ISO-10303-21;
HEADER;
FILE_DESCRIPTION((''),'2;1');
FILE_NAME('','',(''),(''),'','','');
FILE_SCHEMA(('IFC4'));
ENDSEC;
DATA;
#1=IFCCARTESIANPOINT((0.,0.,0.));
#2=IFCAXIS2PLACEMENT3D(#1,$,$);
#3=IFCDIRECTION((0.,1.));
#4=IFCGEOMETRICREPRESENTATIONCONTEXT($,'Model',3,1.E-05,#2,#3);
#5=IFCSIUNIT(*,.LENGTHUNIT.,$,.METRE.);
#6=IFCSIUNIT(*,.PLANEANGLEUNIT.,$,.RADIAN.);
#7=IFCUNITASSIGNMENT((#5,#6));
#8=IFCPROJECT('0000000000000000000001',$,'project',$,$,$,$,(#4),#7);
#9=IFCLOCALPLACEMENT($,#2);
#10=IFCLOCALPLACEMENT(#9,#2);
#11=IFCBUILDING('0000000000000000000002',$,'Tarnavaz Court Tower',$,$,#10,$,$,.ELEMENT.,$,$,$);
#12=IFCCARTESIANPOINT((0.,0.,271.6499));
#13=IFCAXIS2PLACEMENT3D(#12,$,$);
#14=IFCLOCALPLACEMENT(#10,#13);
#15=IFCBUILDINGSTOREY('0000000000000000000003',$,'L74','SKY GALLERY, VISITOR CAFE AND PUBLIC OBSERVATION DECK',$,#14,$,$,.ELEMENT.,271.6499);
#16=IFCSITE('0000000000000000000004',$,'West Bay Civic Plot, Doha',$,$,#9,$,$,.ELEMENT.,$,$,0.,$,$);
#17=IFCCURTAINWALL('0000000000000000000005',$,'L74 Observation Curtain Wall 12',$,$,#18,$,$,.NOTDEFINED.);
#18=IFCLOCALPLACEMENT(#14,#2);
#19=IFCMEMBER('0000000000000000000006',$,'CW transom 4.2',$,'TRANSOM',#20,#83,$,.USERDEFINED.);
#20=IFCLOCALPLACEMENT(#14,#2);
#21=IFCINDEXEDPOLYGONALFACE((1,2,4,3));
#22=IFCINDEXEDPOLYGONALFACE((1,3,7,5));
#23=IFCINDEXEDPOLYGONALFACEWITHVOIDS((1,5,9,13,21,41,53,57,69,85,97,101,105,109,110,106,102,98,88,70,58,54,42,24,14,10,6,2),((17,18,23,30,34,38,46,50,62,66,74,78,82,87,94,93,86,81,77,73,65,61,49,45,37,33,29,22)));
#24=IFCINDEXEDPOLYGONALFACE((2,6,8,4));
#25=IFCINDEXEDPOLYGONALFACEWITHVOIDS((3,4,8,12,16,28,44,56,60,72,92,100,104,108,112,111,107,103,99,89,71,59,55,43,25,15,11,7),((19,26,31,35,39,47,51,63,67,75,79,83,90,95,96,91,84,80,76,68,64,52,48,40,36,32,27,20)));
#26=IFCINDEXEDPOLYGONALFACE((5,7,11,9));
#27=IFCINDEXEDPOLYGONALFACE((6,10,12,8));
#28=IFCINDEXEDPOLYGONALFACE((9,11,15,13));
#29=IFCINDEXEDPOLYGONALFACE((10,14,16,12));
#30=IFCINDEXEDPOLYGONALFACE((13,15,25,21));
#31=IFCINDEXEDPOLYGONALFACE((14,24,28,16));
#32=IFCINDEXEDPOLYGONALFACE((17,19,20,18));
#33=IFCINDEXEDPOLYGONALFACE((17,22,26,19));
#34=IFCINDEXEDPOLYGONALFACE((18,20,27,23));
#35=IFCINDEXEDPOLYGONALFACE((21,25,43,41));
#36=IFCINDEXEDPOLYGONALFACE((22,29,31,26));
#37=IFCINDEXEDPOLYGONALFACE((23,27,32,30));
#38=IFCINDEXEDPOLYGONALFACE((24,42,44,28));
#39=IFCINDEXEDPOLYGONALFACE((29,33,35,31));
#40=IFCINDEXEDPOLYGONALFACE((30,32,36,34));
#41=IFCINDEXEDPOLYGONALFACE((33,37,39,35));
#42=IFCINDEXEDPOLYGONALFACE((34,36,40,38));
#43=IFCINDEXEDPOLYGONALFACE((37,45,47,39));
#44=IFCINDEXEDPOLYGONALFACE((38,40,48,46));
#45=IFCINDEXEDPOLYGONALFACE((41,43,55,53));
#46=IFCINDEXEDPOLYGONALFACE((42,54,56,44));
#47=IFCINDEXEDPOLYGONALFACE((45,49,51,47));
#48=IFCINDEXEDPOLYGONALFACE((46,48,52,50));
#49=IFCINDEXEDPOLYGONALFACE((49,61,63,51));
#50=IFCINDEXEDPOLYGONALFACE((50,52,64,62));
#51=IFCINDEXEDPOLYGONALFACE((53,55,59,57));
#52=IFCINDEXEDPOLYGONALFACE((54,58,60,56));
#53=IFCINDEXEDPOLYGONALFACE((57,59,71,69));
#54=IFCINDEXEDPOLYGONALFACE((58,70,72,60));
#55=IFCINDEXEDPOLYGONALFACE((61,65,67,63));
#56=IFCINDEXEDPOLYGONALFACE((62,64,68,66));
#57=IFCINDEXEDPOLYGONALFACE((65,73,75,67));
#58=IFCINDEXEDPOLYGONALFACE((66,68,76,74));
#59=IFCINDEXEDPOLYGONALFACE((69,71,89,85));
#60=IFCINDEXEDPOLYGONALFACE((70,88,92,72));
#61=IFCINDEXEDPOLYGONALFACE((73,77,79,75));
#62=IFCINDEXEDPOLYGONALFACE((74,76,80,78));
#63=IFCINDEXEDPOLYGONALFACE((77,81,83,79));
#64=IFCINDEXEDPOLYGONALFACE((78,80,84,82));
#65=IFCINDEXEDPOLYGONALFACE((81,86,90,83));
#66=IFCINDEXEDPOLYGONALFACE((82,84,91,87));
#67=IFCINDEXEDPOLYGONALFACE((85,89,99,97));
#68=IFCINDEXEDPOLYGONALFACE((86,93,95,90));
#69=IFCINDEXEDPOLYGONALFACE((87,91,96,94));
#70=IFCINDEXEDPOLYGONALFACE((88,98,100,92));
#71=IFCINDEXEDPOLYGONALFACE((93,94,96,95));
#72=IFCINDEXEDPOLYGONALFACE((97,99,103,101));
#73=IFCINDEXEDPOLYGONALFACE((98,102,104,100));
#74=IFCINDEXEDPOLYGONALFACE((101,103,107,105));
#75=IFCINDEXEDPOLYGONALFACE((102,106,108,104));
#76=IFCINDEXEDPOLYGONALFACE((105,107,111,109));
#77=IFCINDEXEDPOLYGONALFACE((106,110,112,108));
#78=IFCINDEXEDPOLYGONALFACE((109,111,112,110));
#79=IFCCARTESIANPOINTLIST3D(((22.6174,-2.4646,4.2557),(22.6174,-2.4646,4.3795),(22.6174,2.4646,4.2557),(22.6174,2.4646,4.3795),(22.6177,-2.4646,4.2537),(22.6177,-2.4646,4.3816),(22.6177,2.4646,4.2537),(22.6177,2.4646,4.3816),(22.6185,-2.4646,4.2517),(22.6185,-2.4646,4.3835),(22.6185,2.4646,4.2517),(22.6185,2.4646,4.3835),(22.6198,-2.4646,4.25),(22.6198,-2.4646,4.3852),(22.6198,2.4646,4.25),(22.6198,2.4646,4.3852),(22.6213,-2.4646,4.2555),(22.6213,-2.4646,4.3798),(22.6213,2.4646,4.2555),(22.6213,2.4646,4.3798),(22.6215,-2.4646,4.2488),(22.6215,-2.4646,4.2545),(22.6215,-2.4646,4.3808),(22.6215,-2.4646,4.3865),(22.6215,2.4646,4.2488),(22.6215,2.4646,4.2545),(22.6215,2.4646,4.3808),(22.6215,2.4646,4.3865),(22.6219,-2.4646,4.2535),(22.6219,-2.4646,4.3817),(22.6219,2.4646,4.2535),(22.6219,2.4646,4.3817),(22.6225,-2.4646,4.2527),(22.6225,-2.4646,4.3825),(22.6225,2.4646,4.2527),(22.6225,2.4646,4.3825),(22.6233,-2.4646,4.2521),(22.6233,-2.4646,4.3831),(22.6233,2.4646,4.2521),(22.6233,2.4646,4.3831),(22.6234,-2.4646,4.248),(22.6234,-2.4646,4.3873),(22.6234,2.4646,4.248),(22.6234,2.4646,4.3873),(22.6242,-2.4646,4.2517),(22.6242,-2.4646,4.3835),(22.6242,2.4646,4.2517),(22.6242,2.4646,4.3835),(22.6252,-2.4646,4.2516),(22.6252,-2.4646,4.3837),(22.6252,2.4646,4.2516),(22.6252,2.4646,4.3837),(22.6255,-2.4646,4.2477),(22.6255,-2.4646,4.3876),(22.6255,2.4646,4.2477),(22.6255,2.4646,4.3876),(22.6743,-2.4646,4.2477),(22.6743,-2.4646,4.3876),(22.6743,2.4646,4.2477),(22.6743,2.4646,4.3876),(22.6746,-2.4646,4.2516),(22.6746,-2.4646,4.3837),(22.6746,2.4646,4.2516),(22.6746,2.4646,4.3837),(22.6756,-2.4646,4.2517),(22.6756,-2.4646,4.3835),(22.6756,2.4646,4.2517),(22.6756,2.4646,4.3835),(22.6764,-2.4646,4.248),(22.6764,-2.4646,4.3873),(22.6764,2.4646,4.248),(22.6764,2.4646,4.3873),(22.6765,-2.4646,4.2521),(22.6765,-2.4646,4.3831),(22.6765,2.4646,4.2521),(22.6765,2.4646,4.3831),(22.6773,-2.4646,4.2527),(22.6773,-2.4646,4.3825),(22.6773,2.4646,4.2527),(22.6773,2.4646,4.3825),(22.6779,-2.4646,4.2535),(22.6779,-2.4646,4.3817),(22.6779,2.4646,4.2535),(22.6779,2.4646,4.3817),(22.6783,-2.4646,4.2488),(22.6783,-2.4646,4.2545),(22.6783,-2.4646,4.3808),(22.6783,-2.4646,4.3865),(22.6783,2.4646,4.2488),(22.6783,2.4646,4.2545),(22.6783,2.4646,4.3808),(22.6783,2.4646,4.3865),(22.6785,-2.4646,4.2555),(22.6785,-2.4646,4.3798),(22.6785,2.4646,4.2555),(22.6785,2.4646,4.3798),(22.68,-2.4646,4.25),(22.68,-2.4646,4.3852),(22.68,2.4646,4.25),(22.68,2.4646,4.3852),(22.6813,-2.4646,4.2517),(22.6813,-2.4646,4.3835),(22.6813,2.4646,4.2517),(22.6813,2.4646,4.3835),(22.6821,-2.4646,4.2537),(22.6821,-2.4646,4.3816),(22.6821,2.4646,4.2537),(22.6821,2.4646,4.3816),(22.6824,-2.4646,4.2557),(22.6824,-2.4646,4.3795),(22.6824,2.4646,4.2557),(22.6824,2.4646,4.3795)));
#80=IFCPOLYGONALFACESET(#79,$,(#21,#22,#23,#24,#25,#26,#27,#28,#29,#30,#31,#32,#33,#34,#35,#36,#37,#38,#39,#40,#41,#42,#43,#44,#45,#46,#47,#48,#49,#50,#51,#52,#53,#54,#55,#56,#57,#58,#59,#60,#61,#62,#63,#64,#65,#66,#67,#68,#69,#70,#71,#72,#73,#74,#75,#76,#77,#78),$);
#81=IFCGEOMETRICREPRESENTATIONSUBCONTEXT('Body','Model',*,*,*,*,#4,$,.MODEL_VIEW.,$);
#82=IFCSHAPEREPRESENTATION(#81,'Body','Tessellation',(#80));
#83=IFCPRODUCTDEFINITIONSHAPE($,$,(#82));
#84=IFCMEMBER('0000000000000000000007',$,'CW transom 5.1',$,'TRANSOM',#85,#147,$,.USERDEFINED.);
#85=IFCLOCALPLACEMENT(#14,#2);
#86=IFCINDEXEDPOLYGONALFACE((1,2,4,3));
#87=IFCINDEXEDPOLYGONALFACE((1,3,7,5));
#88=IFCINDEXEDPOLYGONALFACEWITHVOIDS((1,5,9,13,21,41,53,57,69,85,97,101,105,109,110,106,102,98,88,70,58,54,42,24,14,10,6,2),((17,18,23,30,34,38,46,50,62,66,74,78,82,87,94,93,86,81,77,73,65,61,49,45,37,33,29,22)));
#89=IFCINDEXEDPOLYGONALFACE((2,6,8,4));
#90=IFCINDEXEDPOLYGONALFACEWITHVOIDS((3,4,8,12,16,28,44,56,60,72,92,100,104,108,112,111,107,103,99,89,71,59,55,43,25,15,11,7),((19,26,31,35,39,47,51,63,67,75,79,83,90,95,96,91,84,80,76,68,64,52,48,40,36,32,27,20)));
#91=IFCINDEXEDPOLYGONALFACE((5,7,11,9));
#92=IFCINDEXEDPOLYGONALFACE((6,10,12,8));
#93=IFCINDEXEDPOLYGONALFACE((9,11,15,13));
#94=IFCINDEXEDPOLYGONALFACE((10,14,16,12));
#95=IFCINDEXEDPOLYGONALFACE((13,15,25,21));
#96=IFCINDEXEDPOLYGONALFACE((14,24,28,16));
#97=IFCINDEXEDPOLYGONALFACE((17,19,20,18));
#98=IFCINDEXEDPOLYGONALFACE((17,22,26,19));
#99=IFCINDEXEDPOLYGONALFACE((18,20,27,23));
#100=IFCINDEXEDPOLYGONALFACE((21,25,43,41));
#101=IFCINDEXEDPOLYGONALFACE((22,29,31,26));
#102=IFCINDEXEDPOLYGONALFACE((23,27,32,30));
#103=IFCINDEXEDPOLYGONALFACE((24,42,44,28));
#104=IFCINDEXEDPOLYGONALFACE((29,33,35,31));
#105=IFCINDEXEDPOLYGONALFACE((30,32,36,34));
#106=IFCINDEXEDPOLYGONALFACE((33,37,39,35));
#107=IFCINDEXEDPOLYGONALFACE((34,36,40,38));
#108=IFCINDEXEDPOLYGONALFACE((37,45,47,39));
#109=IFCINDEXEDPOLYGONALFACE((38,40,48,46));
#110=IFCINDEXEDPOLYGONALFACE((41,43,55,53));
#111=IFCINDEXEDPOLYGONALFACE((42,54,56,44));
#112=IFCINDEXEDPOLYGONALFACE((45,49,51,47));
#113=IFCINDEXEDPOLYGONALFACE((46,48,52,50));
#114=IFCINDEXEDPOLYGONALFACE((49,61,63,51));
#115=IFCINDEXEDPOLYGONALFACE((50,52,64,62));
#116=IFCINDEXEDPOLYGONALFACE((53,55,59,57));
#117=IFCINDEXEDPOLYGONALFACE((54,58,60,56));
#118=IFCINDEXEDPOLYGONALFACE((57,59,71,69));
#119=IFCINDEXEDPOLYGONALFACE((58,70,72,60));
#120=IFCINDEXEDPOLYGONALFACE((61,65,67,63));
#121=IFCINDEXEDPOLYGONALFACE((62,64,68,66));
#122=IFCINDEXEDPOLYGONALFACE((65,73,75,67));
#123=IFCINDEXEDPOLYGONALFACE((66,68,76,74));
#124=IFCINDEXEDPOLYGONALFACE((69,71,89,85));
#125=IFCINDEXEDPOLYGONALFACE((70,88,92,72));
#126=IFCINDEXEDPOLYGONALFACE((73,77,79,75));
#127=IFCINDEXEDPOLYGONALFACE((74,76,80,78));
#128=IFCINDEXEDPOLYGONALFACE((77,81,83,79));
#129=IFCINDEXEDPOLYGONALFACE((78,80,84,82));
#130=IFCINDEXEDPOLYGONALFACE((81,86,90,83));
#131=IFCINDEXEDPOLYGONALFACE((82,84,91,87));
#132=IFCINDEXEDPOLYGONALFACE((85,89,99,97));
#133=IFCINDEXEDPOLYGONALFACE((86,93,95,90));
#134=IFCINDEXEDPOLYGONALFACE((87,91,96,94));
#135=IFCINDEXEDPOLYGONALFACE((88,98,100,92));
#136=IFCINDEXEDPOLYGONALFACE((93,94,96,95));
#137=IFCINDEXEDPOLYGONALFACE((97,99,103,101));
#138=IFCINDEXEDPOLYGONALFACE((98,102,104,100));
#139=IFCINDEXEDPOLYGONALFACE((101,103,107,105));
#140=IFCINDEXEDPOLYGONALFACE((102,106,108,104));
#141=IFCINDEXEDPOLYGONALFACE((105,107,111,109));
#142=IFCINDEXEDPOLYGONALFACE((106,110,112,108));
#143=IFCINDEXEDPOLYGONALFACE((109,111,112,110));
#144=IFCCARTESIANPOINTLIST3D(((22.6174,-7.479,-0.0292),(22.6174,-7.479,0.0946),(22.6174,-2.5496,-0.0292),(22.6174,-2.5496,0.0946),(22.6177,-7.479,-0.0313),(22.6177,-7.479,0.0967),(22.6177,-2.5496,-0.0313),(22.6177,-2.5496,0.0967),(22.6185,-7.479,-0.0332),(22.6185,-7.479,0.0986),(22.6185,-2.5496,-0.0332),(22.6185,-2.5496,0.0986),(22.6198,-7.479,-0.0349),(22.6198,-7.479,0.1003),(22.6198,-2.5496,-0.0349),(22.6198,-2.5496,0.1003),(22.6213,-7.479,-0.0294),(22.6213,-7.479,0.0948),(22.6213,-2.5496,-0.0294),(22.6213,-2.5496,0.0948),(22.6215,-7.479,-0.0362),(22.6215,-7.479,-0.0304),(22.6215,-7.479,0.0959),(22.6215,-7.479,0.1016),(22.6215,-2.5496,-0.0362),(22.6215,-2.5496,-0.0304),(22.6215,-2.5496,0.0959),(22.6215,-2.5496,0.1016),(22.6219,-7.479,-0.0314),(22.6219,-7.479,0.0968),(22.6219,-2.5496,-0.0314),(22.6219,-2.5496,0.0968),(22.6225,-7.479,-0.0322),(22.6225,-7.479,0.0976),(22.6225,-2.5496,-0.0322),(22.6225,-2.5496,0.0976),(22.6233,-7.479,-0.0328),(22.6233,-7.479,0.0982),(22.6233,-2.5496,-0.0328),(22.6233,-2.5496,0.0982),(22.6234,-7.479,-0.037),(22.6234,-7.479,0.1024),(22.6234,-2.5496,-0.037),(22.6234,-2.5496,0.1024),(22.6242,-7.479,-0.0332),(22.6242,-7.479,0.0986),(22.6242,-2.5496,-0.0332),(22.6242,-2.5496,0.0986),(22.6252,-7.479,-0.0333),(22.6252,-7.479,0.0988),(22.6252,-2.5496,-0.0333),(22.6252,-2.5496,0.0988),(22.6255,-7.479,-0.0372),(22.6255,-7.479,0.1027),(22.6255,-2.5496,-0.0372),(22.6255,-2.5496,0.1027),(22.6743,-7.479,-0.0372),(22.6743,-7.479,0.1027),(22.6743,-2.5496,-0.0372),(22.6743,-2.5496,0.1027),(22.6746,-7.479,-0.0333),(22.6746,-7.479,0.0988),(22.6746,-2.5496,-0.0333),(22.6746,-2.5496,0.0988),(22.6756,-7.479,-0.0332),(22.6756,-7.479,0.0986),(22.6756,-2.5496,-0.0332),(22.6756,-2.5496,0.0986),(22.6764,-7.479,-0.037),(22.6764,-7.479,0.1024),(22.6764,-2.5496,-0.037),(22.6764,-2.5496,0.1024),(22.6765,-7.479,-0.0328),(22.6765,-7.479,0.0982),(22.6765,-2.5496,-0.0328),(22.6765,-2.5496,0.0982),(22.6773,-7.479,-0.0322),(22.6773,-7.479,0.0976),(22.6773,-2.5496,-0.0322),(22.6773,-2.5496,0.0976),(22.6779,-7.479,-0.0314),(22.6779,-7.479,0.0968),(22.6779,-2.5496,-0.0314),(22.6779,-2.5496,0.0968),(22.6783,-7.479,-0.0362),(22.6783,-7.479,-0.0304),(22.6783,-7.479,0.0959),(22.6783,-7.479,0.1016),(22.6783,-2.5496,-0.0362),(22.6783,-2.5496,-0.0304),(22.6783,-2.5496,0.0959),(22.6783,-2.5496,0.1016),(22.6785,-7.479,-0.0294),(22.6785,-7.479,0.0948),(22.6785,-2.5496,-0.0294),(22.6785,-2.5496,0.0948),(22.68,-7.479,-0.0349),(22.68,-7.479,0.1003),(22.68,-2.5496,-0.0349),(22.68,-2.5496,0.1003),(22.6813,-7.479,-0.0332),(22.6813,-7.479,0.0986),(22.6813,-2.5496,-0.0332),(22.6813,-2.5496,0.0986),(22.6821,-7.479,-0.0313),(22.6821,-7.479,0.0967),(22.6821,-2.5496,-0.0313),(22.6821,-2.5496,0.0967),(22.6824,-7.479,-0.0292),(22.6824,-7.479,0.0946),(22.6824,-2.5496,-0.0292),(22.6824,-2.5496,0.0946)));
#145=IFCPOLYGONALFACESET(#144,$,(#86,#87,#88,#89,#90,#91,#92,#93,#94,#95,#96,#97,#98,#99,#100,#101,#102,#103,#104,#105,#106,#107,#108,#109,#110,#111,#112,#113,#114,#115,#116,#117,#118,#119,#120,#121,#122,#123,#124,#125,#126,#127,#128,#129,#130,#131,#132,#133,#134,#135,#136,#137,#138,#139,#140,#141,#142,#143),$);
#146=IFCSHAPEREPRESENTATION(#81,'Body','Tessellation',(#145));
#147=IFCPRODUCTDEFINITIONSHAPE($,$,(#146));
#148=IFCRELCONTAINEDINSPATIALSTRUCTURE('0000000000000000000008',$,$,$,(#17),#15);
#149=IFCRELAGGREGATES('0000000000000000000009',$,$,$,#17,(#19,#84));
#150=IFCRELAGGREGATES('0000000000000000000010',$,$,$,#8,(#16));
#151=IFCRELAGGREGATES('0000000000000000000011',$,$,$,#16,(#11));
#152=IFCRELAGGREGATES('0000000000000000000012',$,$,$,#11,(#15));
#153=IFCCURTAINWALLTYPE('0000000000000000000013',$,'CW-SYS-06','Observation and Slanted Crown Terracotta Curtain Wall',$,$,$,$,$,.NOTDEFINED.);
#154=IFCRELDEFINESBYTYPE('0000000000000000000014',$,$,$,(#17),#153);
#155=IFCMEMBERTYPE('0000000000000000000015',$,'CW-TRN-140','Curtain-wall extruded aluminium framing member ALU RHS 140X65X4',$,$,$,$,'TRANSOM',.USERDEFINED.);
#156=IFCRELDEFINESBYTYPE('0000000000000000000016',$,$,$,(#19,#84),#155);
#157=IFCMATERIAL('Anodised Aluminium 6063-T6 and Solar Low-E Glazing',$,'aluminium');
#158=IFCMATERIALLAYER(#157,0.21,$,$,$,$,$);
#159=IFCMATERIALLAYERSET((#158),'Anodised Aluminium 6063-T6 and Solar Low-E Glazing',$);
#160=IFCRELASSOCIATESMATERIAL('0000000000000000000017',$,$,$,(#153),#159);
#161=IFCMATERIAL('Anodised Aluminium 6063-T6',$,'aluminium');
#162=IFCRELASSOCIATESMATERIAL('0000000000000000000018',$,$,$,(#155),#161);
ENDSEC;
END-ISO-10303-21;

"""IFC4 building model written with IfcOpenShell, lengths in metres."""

from ifc_helpers import new_model, si_unit, direction, frame, origin, origin_2d, place, context, subcontext, project, spatial, hollow_rectangle, extrude, material, layer, layer_set, material_profile, profile_set, type_object, element, aggregate, save


model = new_model("IFC4")

# Units and contexts
model_context = context("Model", 3, precision=1e-05, world=origin(), true_north=direction((0.0, 1.0)))
body_context = subcontext(model_context, "Body", "Model", "MODEL_VIEW")
ifc_project = project(units=[si_unit("LENGTHUNIT", "METRE"), si_unit("PLANEANGLEUNIT", "RADIAN")], contexts=[model_context])

# Site, building, storey
site_placement = place(None, origin())
site = spatial("IfcSite", under=ifc_project, at=site_placement, Name="West Bay Civic Plot, Doha", CompositionType="ELEMENT", RefElevation=0.0)
building_placement = place(site_placement, origin())
building = spatial("IfcBuilding", under=site, at=building_placement, Name="Tarnavaz Court Tower", CompositionType="ELEMENT")
storey_placement = place(building_placement, frame((0.0, 0.0, 271.6499)))
storey = spatial("IfcBuildingStorey", under=building, at=storey_placement, Name="L74", Description="SKY GALLERY, VISITOR CAFE AND PUBLIC OBSERVATION DECK", CompositionType="ELEMENT", Elevation=271.6499)

# Curtain wall, members
ifc_material_1 = material(Name="Anodised Aluminium 6063-T6 and Solar Low-E Glazing", Category="aluminium")
ifc_layer_1 = layer(ifc_material_1, 0.21)
ifc_layer_set_1 = layer_set([ifc_layer_1], Name="Anodised Aluminium 6063-T6 and Solar Low-E Glazing")
curtain_wall_type = type_object("IfcCurtainWallType", Name="CW-SYS-06", Description="Observation and Slanted Crown Terracotta Curtain Wall", PredefinedType="NOTDEFINED", material=ifc_layer_set_1)
curtain_wall_placement = place(storey_placement, origin())
curtain_wall = element("IfcCurtainWall", 1, at=curtain_wall_placement, inside=storey, type_object=curtain_wall_type, Name="L74 Observation Curtain Wall 12", PredefinedType="NOTDEFINED")
ifc_material_2 = material(Name="Anodised Aluminium 6063-T6", Category="aluminium")
ifc_material_profile_1 = material_profile(ifc_material_2, hollow_rectangle(XDim=0.0649, YDim=0.1399, WallThickness=0.0039, InnerFilletRadius=0.0039, OuterFilletRadius=0.0081, at=origin_2d()), Name="ALU RHS 140X65X4")
ifc_profile_set_1 = profile_set([ifc_material_profile_1], Name="Anodised Aluminium 6063-T6")
member_type_1 = type_object("IfcMemberType", Name="CW-TRN-140", Description="Curtain-wall extruded aluminium framing member ALU RHS 140X65X4", ElementType="TRANSOM", PredefinedType="USERDEFINED", material=ifc_profile_set_1)
member_1_placement = place(storey_placement, frame((22.6499, 2.4646, 4.3176), z_axis=(0.0, -1.0, 0.0), x_axis=(1.0, 0.0, 0.0)))
member_1 = element("IfcMember", 2, at=member_1_placement, type_object=member_type_1, Name="CW transom 4.2", ObjectType="TRANSOM", PredefinedType="USERDEFINED", context=body_context, shape_type="SweptSolid", body=[
    extrude(hollow_rectangle(XDim=0.0649, YDim=0.1399, WallThickness=0.0039, InnerFilletRadius=0.0039, OuterFilletRadius=0.0081, at=origin_2d()), origin(), (0.0, 0.0, 1.0), 4.9292),
])
member_2_placement = place(storey_placement, frame((22.6499, -2.5496, 0.0327), z_axis=(0.0, -1.0, 0.0), x_axis=(1.0, 0.0, 0.0)))
member_2 = element("IfcMember", 3, at=member_2_placement, type_object=member_type_1, Name="CW transom 5.1", ObjectType="TRANSOM", PredefinedType="USERDEFINED", context=body_context, shape_type="SweptSolid", body=[
    extrude(hollow_rectangle(XDim=0.0649, YDim=0.1399, WallThickness=0.0039, InnerFilletRadius=0.0039, OuterFilletRadius=0.0081, at=origin_2d()), origin(), (0.0, 0.0, 1.0), 4.9294),
])
aggregate(curtain_wall, [member_1, member_2])

save(model, "model.ifc")
